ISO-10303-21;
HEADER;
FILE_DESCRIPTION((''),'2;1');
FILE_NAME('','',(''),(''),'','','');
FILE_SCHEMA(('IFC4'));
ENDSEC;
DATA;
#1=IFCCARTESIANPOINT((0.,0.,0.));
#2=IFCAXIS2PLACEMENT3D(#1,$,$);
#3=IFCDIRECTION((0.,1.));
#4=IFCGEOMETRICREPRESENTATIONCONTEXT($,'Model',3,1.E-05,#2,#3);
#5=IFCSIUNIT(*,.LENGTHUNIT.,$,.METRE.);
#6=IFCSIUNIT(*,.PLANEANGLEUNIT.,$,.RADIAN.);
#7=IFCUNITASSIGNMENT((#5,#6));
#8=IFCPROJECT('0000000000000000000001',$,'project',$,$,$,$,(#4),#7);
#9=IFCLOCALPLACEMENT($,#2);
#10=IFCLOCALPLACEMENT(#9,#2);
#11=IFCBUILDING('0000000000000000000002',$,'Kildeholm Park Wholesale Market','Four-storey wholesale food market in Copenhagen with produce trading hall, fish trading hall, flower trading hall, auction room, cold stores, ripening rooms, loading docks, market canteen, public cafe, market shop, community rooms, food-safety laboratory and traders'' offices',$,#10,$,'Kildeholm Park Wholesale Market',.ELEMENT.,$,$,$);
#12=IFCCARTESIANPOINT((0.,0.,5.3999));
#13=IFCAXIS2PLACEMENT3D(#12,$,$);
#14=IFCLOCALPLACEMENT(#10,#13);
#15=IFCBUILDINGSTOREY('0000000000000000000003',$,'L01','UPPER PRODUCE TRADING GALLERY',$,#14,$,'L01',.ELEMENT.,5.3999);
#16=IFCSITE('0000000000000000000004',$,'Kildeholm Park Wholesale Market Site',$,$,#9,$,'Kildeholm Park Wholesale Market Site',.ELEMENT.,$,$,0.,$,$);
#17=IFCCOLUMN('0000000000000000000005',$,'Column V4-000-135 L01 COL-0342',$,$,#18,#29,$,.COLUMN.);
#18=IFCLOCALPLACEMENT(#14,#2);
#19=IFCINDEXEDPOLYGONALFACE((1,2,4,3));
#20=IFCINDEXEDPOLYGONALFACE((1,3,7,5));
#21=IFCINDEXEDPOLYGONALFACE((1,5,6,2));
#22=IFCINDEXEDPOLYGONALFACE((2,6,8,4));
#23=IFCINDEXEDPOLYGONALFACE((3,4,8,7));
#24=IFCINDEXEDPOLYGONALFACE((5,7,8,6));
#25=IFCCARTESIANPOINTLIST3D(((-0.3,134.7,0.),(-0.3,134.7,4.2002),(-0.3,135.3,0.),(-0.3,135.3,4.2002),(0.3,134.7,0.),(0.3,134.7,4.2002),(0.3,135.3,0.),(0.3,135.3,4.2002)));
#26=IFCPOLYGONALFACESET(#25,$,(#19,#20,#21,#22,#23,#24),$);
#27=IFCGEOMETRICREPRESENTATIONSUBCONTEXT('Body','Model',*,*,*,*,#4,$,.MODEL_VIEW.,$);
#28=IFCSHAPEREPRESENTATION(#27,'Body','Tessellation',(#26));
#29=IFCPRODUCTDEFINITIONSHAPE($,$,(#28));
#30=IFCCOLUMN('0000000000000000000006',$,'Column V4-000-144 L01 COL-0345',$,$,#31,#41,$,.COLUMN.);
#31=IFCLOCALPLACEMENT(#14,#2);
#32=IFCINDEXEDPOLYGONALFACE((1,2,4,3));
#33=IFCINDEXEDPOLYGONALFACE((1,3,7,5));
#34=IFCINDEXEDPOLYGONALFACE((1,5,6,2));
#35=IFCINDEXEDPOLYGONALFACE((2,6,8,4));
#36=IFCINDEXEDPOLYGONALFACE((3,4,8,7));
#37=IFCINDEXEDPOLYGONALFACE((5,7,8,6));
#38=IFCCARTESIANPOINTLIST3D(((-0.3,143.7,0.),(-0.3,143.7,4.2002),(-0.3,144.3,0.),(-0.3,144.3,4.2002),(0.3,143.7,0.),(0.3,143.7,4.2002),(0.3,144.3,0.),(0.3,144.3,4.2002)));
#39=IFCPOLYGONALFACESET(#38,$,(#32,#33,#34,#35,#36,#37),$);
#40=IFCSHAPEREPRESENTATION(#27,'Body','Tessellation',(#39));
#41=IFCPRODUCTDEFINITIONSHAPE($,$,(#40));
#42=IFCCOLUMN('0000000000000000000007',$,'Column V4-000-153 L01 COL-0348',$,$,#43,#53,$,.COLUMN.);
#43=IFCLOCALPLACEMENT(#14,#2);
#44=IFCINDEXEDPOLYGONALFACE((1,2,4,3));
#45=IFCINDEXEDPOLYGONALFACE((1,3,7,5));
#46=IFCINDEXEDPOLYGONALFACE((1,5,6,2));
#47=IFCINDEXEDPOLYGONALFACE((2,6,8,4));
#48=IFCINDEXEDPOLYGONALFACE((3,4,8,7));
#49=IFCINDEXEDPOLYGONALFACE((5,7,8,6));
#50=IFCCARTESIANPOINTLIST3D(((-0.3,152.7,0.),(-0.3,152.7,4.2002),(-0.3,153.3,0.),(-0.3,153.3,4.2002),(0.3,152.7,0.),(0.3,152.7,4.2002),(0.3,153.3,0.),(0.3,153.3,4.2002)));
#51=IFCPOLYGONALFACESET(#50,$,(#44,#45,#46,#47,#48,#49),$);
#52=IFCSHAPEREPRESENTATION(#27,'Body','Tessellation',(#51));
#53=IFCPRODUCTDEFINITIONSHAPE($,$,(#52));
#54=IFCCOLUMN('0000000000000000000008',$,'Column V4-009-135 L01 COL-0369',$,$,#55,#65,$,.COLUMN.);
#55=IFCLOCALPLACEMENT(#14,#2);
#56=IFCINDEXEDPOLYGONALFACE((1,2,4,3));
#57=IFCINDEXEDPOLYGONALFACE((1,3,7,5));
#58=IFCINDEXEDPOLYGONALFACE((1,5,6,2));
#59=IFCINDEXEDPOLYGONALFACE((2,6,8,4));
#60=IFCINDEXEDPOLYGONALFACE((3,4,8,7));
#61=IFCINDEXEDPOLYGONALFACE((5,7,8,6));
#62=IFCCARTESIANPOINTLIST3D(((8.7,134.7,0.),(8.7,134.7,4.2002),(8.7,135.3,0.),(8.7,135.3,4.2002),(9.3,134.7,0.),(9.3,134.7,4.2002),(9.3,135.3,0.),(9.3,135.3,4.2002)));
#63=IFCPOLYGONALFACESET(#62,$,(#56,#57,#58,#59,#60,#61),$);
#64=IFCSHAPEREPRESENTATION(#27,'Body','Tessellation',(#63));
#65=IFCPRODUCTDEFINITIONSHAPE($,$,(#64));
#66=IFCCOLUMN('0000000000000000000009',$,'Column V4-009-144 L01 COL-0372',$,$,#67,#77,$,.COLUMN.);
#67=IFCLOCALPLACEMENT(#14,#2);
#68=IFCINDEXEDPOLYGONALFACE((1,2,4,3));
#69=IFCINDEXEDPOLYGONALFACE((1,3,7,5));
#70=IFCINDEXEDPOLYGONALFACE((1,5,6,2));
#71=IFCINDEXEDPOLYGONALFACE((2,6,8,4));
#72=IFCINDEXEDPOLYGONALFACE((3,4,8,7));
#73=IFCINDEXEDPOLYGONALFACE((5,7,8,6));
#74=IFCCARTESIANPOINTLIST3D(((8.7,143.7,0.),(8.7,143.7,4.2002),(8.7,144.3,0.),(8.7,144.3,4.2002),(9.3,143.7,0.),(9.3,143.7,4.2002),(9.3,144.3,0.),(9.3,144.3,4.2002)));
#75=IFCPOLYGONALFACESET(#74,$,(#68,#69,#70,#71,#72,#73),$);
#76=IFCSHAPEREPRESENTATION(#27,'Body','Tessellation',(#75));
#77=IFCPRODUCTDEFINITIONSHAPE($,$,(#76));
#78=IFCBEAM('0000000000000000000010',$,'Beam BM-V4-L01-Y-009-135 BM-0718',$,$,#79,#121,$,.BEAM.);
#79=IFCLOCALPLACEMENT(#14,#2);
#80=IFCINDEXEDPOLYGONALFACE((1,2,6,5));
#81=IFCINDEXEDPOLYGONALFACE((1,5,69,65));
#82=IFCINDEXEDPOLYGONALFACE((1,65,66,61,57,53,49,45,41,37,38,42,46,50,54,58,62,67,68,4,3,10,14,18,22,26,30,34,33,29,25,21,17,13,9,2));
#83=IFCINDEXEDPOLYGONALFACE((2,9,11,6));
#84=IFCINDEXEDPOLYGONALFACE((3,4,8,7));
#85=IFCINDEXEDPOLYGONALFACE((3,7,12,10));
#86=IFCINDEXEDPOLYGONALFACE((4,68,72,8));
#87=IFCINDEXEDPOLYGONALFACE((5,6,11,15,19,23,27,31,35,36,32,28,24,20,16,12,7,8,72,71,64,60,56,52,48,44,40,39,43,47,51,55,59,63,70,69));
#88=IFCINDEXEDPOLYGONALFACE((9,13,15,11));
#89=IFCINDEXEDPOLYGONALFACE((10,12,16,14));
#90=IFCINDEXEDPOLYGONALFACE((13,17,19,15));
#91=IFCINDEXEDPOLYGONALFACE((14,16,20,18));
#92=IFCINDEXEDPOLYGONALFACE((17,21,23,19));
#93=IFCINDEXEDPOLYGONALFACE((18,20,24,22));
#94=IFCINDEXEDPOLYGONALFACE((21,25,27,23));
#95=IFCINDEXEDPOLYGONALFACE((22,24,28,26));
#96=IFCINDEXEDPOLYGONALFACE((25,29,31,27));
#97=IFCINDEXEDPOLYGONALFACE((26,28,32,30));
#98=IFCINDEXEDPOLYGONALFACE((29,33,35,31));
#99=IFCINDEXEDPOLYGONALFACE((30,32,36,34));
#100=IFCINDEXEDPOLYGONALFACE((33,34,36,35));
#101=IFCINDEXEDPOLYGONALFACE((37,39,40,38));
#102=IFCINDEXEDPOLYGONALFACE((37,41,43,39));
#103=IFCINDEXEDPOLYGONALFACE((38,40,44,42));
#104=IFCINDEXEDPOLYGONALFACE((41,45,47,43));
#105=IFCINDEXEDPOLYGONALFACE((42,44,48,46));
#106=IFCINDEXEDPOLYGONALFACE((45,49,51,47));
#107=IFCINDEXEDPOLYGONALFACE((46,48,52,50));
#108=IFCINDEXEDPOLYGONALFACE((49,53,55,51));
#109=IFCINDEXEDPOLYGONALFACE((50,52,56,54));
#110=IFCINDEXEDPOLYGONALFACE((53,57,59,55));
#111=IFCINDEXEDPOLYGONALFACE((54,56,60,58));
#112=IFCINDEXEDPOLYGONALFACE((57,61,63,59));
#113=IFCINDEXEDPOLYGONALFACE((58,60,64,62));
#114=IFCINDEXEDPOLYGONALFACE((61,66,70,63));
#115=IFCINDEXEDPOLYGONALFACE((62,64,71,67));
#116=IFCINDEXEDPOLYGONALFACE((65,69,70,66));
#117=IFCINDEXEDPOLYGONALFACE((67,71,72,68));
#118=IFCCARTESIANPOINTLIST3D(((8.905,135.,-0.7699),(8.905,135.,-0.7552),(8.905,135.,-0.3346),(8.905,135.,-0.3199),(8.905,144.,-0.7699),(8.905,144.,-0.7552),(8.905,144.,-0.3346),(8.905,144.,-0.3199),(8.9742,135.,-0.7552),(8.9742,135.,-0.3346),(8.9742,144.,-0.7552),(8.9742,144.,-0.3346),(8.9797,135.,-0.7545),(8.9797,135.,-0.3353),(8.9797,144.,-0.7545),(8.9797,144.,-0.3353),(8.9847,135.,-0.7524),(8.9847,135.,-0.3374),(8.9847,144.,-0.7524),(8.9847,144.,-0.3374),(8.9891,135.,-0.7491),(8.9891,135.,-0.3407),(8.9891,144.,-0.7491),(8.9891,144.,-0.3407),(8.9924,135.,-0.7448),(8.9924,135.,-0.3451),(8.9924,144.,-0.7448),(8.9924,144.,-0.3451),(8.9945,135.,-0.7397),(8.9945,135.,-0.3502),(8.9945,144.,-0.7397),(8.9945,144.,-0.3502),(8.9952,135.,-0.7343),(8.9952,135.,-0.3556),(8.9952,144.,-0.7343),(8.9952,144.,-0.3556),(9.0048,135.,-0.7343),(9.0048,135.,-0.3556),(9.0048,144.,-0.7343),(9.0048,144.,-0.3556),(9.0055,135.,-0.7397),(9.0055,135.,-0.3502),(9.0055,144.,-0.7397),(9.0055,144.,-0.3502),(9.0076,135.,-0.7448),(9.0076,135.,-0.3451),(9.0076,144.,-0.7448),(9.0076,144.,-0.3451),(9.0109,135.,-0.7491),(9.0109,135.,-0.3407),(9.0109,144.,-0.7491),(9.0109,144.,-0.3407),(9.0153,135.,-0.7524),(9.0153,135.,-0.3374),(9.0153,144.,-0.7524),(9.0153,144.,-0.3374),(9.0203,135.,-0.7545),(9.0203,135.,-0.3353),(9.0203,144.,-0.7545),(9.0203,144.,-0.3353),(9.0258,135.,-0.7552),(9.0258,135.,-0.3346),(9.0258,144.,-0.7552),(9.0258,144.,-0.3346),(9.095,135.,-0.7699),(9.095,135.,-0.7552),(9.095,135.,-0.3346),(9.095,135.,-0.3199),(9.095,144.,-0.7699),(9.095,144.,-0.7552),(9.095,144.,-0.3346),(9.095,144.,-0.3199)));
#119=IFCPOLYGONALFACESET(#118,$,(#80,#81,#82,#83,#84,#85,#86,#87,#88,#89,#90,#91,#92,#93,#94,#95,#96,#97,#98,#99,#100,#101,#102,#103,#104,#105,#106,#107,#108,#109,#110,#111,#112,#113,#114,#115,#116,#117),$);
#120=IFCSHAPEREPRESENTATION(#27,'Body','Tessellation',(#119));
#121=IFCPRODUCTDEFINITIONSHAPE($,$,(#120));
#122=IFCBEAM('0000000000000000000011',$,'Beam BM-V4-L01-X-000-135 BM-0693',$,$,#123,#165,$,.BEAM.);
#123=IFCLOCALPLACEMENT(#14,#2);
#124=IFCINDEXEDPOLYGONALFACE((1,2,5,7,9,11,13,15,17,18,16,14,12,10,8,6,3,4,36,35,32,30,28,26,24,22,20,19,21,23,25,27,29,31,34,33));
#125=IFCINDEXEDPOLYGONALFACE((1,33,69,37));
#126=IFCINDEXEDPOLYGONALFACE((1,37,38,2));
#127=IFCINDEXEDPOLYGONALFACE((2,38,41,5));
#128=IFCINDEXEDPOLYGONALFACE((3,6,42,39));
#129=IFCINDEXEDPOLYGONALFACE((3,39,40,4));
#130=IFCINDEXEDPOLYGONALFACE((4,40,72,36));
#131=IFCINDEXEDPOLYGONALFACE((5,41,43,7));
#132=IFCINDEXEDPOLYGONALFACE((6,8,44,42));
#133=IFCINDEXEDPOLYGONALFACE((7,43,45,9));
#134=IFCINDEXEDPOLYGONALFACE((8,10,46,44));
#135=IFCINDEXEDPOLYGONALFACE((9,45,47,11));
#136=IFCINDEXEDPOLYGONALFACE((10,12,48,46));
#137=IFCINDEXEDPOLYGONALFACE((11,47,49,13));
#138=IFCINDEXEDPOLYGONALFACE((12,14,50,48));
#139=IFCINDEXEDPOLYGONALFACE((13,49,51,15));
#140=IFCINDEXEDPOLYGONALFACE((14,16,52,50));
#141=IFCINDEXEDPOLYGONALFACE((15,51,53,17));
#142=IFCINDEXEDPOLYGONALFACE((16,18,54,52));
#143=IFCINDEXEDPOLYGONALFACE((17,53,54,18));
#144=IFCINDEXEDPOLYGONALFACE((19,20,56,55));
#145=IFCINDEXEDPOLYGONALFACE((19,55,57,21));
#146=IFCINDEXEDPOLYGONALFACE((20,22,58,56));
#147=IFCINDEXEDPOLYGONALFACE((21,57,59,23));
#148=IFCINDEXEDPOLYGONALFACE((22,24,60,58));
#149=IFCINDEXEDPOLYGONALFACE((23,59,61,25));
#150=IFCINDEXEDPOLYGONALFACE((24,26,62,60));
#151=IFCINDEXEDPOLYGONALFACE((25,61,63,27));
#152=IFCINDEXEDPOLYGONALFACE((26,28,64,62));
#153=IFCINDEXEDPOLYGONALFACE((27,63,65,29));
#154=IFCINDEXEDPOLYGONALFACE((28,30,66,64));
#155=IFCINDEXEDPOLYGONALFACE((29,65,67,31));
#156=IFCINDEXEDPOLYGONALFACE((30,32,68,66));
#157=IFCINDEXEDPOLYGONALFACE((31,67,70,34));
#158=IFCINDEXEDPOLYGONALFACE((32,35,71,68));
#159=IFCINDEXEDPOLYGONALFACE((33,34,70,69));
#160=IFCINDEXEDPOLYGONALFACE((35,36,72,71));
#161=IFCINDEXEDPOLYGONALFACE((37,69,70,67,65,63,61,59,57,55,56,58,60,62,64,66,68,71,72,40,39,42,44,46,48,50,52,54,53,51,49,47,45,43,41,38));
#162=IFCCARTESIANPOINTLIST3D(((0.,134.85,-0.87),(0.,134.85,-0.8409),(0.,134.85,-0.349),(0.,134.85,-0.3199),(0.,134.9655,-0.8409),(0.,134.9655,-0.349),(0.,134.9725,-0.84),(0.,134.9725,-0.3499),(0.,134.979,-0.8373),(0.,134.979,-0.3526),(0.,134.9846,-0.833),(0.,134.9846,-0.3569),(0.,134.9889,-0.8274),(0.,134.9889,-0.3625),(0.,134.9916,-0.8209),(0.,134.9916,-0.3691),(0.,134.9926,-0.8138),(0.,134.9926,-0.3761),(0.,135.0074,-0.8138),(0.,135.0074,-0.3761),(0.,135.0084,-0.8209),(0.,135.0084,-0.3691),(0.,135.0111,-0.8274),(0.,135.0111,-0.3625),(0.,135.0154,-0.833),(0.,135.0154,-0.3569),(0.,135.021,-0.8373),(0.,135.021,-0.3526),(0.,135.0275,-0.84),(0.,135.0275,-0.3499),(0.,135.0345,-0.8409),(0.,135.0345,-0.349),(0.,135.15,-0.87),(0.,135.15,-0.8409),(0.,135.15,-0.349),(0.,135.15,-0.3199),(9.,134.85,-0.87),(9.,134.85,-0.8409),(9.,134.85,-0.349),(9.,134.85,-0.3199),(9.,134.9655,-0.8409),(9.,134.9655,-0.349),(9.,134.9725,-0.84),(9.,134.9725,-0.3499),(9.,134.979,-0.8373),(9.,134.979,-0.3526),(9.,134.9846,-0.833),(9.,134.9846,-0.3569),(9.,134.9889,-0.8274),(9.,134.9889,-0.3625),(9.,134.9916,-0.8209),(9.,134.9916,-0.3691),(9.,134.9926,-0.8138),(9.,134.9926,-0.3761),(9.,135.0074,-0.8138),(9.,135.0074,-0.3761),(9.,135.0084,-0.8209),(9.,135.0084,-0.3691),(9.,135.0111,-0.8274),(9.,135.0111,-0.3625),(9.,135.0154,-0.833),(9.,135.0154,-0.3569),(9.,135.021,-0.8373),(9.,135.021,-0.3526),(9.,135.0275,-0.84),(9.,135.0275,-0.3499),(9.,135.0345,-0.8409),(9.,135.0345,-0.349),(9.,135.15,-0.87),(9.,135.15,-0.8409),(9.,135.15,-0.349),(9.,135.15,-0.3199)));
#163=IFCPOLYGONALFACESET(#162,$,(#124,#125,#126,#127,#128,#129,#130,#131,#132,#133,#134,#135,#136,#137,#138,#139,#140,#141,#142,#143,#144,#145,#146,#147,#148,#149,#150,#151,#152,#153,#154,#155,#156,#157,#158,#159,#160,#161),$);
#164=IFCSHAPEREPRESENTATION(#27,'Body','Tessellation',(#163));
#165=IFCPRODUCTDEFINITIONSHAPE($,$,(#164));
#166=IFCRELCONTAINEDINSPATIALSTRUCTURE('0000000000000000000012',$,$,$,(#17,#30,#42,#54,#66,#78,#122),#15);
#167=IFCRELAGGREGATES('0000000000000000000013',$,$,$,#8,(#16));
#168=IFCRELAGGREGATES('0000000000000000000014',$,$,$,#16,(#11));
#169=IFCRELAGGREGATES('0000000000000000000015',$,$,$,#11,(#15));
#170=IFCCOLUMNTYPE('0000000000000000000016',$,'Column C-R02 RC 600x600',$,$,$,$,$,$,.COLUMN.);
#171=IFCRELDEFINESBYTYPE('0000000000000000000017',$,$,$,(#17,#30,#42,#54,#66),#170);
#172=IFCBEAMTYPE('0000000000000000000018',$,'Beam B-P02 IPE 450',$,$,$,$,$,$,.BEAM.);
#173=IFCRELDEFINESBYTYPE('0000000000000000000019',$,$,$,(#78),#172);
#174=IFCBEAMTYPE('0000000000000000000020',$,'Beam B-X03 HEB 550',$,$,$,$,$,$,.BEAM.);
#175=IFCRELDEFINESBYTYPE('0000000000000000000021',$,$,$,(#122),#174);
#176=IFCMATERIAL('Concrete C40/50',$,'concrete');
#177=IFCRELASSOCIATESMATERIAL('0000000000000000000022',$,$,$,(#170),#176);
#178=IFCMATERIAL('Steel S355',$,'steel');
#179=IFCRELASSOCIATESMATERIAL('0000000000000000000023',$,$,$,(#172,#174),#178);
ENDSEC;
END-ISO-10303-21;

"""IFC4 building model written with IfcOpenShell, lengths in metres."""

from ifc_helpers import new_model, si_unit, direction, frame, origin, origin_2d, place, context, subcontext, project, spatial, rectangle, i_section, extrude, material, material_profile, profile_set, type_object, element, save


model = new_model("IFC4")

# Units and contexts
model_context = context("Model", 3, precision=1e-05, world=origin(), true_north=direction((0.0, 1.0)))
body_context = subcontext(model_context, "Body", "Model", "MODEL_VIEW")
ifc_project = project(units=[si_unit("LENGTHUNIT", "METRE"), si_unit("PLANEANGLEUNIT", "RADIAN")], contexts=[model_context])

# Site, building, storey
site_placement = place(None, origin())
site = spatial("IfcSite", under=ifc_project, at=site_placement, Name="Kildeholm Park Wholesale Market Site", LongName="Kildeholm Park Wholesale Market Site", CompositionType="ELEMENT", RefElevation=0.0)
building_placement = place(site_placement, origin())
building = spatial("IfcBuilding", under=site, at=building_placement, Name="Kildeholm Park Wholesale Market", Description="Four-storey wholesale food market in Copenhagen with produce trading hall, fish trading hall, flower trading hall, auction room, cold stores, ripening rooms, loading docks, market canteen, public cafe, market shop, community rooms, food-safety laboratory and traders' offices", LongName="Kildeholm Park Wholesale Market", CompositionType="ELEMENT")
storey_placement = place(building_placement, frame((0.0, 0.0, 5.3999)))
storey = spatial("IfcBuildingStorey", under=building, at=storey_placement, Name="L01", Description="UPPER PRODUCE TRADING GALLERY", LongName="L01", CompositionType="ELEMENT", Elevation=5.3999)

# Columns
ifc_material_1 = material(Name="Concrete C40/50", Category="concrete")
ifc_material_profile_1 = material_profile(ifc_material_1, rectangle(XDim=0.6001, YDim=0.6001, at=origin_2d()), Name="RC 600x600")
ifc_profile_set_1 = profile_set([ifc_material_profile_1], Name="Concrete C40/50")
column_type = type_object("IfcColumnType", Name="Column C-R02 RC 600x600", PredefinedType="COLUMN", material=ifc_profile_set_1)
for number, where, z_axis, x_axis, name in (
    (1, (0.0, 135.0, 0.0), (0.0, 0.0, 1.0), (1.0, 0.0, 0.0), "Column V4-000-135 L01 COL-0342"),
    (2, (0.0, 144.0, 0.0), (0.0, 0.0, 1.0), (1.0, 0.0, 0.0), "Column V4-000-144 L01 COL-0345"),
    (3, (0.0, 153.0, 0.0), (0.0, 0.0, 1.0), (1.0, 0.0, 0.0), "Column V4-000-153 L01 COL-0348"),
    (4, (9.0, 135.0, 0.0), (0.0, 0.0, 1.0), (1.0, 0.0, 0.0), "Column V4-009-135 L01 COL-0369"),
    (5, (9.0, 144.0, 0.0), (0.0, 0.0, 1.0), (1.0, 0.0, 0.0), "Column V4-009-144 L01 COL-0372"),
):
    element("IfcColumn", number, at=place(storey_placement, frame(where, z_axis=z_axis, x_axis=x_axis)), inside=storey, type_object=column_type, Name=name, PredefinedType="COLUMN", context=body_context, shape_type="SweptSolid", body=[
        extrude(rectangle(XDim=0.6001, YDim=0.6001, at=origin_2d()), origin(), (0.0, 0.0, 1.0), 4.2002),
    ])

# Beams
ifc_material_2 = material(Name="Steel S355", Category="steel")
ifc_material_profile_2 = material_profile(ifc_material_2, i_section(OverallWidth=0.1899, OverallDepth=0.45, WebThickness=0.0095, FlangeThickness=0.0146, FilletRadius=0.021, at=origin_2d()), Name="IPE 450")
ifc_profile_set_2 = profile_set([ifc_material_profile_2], Name="Steel S355")
beam_type_1 = type_object("IfcBeamType", Name="Beam B-P02 IPE 450", PredefinedType="BEAM", material=ifc_profile_set_2)
beam_1_placement = place(storey_placement, frame((9.0, 135.0, -0.5449), z_axis=(0.0, 1.0, 0.0), x_axis=(-1.0, 0.0, 0.0)))
element("IfcBeam", 6, at=beam_1_placement, inside=storey, type_object=beam_type_1, Name="Beam BM-V4-L01-Y-009-135 BM-0718", PredefinedType="BEAM", context=body_context, shape_type="SweptSolid", body=[
    extrude(i_section(OverallWidth=0.1899, OverallDepth=0.45, WebThickness=0.0095, FlangeThickness=0.0146, FilletRadius=0.021, at=origin_2d()), origin(), (0.0, 0.0, 1.0), 9.0),
])
ifc_material_profile_3 = material_profile(ifc_material_2, i_section(OverallWidth=0.3, OverallDepth=0.55, WebThickness=0.0149, FlangeThickness=0.0291, FilletRadius=0.0271, at=origin_2d()), Name="HEB 550")
ifc_profile_set_3 = profile_set([ifc_material_profile_3], Name="Steel S355")
beam_type_2 = type_object("IfcBeamType", Name="Beam B-X03 HEB 550", PredefinedType="BEAM", material=ifc_profile_set_3)
beam_2_placement = place(storey_placement, frame((0.0, 135.0, -0.595), z_axis=(1.0, 0.0, 0.0), x_axis=(0.0, 1.0, 0.0)))
element("IfcBeam", 7, at=beam_2_placement, inside=storey, type_object=beam_type_2, Name="Beam BM-V4-L01-X-000-135 BM-0693", PredefinedType="BEAM", context=body_context, shape_type="SweptSolid", body=[
    extrude(i_section(OverallWidth=0.3, OverallDepth=0.55, WebThickness=0.0149, FlangeThickness=0.0291, FilletRadius=0.0271, at=origin_2d()), origin(), (0.0, 0.0, 1.0), 9.0),
])

save(model, "model.ifc")
